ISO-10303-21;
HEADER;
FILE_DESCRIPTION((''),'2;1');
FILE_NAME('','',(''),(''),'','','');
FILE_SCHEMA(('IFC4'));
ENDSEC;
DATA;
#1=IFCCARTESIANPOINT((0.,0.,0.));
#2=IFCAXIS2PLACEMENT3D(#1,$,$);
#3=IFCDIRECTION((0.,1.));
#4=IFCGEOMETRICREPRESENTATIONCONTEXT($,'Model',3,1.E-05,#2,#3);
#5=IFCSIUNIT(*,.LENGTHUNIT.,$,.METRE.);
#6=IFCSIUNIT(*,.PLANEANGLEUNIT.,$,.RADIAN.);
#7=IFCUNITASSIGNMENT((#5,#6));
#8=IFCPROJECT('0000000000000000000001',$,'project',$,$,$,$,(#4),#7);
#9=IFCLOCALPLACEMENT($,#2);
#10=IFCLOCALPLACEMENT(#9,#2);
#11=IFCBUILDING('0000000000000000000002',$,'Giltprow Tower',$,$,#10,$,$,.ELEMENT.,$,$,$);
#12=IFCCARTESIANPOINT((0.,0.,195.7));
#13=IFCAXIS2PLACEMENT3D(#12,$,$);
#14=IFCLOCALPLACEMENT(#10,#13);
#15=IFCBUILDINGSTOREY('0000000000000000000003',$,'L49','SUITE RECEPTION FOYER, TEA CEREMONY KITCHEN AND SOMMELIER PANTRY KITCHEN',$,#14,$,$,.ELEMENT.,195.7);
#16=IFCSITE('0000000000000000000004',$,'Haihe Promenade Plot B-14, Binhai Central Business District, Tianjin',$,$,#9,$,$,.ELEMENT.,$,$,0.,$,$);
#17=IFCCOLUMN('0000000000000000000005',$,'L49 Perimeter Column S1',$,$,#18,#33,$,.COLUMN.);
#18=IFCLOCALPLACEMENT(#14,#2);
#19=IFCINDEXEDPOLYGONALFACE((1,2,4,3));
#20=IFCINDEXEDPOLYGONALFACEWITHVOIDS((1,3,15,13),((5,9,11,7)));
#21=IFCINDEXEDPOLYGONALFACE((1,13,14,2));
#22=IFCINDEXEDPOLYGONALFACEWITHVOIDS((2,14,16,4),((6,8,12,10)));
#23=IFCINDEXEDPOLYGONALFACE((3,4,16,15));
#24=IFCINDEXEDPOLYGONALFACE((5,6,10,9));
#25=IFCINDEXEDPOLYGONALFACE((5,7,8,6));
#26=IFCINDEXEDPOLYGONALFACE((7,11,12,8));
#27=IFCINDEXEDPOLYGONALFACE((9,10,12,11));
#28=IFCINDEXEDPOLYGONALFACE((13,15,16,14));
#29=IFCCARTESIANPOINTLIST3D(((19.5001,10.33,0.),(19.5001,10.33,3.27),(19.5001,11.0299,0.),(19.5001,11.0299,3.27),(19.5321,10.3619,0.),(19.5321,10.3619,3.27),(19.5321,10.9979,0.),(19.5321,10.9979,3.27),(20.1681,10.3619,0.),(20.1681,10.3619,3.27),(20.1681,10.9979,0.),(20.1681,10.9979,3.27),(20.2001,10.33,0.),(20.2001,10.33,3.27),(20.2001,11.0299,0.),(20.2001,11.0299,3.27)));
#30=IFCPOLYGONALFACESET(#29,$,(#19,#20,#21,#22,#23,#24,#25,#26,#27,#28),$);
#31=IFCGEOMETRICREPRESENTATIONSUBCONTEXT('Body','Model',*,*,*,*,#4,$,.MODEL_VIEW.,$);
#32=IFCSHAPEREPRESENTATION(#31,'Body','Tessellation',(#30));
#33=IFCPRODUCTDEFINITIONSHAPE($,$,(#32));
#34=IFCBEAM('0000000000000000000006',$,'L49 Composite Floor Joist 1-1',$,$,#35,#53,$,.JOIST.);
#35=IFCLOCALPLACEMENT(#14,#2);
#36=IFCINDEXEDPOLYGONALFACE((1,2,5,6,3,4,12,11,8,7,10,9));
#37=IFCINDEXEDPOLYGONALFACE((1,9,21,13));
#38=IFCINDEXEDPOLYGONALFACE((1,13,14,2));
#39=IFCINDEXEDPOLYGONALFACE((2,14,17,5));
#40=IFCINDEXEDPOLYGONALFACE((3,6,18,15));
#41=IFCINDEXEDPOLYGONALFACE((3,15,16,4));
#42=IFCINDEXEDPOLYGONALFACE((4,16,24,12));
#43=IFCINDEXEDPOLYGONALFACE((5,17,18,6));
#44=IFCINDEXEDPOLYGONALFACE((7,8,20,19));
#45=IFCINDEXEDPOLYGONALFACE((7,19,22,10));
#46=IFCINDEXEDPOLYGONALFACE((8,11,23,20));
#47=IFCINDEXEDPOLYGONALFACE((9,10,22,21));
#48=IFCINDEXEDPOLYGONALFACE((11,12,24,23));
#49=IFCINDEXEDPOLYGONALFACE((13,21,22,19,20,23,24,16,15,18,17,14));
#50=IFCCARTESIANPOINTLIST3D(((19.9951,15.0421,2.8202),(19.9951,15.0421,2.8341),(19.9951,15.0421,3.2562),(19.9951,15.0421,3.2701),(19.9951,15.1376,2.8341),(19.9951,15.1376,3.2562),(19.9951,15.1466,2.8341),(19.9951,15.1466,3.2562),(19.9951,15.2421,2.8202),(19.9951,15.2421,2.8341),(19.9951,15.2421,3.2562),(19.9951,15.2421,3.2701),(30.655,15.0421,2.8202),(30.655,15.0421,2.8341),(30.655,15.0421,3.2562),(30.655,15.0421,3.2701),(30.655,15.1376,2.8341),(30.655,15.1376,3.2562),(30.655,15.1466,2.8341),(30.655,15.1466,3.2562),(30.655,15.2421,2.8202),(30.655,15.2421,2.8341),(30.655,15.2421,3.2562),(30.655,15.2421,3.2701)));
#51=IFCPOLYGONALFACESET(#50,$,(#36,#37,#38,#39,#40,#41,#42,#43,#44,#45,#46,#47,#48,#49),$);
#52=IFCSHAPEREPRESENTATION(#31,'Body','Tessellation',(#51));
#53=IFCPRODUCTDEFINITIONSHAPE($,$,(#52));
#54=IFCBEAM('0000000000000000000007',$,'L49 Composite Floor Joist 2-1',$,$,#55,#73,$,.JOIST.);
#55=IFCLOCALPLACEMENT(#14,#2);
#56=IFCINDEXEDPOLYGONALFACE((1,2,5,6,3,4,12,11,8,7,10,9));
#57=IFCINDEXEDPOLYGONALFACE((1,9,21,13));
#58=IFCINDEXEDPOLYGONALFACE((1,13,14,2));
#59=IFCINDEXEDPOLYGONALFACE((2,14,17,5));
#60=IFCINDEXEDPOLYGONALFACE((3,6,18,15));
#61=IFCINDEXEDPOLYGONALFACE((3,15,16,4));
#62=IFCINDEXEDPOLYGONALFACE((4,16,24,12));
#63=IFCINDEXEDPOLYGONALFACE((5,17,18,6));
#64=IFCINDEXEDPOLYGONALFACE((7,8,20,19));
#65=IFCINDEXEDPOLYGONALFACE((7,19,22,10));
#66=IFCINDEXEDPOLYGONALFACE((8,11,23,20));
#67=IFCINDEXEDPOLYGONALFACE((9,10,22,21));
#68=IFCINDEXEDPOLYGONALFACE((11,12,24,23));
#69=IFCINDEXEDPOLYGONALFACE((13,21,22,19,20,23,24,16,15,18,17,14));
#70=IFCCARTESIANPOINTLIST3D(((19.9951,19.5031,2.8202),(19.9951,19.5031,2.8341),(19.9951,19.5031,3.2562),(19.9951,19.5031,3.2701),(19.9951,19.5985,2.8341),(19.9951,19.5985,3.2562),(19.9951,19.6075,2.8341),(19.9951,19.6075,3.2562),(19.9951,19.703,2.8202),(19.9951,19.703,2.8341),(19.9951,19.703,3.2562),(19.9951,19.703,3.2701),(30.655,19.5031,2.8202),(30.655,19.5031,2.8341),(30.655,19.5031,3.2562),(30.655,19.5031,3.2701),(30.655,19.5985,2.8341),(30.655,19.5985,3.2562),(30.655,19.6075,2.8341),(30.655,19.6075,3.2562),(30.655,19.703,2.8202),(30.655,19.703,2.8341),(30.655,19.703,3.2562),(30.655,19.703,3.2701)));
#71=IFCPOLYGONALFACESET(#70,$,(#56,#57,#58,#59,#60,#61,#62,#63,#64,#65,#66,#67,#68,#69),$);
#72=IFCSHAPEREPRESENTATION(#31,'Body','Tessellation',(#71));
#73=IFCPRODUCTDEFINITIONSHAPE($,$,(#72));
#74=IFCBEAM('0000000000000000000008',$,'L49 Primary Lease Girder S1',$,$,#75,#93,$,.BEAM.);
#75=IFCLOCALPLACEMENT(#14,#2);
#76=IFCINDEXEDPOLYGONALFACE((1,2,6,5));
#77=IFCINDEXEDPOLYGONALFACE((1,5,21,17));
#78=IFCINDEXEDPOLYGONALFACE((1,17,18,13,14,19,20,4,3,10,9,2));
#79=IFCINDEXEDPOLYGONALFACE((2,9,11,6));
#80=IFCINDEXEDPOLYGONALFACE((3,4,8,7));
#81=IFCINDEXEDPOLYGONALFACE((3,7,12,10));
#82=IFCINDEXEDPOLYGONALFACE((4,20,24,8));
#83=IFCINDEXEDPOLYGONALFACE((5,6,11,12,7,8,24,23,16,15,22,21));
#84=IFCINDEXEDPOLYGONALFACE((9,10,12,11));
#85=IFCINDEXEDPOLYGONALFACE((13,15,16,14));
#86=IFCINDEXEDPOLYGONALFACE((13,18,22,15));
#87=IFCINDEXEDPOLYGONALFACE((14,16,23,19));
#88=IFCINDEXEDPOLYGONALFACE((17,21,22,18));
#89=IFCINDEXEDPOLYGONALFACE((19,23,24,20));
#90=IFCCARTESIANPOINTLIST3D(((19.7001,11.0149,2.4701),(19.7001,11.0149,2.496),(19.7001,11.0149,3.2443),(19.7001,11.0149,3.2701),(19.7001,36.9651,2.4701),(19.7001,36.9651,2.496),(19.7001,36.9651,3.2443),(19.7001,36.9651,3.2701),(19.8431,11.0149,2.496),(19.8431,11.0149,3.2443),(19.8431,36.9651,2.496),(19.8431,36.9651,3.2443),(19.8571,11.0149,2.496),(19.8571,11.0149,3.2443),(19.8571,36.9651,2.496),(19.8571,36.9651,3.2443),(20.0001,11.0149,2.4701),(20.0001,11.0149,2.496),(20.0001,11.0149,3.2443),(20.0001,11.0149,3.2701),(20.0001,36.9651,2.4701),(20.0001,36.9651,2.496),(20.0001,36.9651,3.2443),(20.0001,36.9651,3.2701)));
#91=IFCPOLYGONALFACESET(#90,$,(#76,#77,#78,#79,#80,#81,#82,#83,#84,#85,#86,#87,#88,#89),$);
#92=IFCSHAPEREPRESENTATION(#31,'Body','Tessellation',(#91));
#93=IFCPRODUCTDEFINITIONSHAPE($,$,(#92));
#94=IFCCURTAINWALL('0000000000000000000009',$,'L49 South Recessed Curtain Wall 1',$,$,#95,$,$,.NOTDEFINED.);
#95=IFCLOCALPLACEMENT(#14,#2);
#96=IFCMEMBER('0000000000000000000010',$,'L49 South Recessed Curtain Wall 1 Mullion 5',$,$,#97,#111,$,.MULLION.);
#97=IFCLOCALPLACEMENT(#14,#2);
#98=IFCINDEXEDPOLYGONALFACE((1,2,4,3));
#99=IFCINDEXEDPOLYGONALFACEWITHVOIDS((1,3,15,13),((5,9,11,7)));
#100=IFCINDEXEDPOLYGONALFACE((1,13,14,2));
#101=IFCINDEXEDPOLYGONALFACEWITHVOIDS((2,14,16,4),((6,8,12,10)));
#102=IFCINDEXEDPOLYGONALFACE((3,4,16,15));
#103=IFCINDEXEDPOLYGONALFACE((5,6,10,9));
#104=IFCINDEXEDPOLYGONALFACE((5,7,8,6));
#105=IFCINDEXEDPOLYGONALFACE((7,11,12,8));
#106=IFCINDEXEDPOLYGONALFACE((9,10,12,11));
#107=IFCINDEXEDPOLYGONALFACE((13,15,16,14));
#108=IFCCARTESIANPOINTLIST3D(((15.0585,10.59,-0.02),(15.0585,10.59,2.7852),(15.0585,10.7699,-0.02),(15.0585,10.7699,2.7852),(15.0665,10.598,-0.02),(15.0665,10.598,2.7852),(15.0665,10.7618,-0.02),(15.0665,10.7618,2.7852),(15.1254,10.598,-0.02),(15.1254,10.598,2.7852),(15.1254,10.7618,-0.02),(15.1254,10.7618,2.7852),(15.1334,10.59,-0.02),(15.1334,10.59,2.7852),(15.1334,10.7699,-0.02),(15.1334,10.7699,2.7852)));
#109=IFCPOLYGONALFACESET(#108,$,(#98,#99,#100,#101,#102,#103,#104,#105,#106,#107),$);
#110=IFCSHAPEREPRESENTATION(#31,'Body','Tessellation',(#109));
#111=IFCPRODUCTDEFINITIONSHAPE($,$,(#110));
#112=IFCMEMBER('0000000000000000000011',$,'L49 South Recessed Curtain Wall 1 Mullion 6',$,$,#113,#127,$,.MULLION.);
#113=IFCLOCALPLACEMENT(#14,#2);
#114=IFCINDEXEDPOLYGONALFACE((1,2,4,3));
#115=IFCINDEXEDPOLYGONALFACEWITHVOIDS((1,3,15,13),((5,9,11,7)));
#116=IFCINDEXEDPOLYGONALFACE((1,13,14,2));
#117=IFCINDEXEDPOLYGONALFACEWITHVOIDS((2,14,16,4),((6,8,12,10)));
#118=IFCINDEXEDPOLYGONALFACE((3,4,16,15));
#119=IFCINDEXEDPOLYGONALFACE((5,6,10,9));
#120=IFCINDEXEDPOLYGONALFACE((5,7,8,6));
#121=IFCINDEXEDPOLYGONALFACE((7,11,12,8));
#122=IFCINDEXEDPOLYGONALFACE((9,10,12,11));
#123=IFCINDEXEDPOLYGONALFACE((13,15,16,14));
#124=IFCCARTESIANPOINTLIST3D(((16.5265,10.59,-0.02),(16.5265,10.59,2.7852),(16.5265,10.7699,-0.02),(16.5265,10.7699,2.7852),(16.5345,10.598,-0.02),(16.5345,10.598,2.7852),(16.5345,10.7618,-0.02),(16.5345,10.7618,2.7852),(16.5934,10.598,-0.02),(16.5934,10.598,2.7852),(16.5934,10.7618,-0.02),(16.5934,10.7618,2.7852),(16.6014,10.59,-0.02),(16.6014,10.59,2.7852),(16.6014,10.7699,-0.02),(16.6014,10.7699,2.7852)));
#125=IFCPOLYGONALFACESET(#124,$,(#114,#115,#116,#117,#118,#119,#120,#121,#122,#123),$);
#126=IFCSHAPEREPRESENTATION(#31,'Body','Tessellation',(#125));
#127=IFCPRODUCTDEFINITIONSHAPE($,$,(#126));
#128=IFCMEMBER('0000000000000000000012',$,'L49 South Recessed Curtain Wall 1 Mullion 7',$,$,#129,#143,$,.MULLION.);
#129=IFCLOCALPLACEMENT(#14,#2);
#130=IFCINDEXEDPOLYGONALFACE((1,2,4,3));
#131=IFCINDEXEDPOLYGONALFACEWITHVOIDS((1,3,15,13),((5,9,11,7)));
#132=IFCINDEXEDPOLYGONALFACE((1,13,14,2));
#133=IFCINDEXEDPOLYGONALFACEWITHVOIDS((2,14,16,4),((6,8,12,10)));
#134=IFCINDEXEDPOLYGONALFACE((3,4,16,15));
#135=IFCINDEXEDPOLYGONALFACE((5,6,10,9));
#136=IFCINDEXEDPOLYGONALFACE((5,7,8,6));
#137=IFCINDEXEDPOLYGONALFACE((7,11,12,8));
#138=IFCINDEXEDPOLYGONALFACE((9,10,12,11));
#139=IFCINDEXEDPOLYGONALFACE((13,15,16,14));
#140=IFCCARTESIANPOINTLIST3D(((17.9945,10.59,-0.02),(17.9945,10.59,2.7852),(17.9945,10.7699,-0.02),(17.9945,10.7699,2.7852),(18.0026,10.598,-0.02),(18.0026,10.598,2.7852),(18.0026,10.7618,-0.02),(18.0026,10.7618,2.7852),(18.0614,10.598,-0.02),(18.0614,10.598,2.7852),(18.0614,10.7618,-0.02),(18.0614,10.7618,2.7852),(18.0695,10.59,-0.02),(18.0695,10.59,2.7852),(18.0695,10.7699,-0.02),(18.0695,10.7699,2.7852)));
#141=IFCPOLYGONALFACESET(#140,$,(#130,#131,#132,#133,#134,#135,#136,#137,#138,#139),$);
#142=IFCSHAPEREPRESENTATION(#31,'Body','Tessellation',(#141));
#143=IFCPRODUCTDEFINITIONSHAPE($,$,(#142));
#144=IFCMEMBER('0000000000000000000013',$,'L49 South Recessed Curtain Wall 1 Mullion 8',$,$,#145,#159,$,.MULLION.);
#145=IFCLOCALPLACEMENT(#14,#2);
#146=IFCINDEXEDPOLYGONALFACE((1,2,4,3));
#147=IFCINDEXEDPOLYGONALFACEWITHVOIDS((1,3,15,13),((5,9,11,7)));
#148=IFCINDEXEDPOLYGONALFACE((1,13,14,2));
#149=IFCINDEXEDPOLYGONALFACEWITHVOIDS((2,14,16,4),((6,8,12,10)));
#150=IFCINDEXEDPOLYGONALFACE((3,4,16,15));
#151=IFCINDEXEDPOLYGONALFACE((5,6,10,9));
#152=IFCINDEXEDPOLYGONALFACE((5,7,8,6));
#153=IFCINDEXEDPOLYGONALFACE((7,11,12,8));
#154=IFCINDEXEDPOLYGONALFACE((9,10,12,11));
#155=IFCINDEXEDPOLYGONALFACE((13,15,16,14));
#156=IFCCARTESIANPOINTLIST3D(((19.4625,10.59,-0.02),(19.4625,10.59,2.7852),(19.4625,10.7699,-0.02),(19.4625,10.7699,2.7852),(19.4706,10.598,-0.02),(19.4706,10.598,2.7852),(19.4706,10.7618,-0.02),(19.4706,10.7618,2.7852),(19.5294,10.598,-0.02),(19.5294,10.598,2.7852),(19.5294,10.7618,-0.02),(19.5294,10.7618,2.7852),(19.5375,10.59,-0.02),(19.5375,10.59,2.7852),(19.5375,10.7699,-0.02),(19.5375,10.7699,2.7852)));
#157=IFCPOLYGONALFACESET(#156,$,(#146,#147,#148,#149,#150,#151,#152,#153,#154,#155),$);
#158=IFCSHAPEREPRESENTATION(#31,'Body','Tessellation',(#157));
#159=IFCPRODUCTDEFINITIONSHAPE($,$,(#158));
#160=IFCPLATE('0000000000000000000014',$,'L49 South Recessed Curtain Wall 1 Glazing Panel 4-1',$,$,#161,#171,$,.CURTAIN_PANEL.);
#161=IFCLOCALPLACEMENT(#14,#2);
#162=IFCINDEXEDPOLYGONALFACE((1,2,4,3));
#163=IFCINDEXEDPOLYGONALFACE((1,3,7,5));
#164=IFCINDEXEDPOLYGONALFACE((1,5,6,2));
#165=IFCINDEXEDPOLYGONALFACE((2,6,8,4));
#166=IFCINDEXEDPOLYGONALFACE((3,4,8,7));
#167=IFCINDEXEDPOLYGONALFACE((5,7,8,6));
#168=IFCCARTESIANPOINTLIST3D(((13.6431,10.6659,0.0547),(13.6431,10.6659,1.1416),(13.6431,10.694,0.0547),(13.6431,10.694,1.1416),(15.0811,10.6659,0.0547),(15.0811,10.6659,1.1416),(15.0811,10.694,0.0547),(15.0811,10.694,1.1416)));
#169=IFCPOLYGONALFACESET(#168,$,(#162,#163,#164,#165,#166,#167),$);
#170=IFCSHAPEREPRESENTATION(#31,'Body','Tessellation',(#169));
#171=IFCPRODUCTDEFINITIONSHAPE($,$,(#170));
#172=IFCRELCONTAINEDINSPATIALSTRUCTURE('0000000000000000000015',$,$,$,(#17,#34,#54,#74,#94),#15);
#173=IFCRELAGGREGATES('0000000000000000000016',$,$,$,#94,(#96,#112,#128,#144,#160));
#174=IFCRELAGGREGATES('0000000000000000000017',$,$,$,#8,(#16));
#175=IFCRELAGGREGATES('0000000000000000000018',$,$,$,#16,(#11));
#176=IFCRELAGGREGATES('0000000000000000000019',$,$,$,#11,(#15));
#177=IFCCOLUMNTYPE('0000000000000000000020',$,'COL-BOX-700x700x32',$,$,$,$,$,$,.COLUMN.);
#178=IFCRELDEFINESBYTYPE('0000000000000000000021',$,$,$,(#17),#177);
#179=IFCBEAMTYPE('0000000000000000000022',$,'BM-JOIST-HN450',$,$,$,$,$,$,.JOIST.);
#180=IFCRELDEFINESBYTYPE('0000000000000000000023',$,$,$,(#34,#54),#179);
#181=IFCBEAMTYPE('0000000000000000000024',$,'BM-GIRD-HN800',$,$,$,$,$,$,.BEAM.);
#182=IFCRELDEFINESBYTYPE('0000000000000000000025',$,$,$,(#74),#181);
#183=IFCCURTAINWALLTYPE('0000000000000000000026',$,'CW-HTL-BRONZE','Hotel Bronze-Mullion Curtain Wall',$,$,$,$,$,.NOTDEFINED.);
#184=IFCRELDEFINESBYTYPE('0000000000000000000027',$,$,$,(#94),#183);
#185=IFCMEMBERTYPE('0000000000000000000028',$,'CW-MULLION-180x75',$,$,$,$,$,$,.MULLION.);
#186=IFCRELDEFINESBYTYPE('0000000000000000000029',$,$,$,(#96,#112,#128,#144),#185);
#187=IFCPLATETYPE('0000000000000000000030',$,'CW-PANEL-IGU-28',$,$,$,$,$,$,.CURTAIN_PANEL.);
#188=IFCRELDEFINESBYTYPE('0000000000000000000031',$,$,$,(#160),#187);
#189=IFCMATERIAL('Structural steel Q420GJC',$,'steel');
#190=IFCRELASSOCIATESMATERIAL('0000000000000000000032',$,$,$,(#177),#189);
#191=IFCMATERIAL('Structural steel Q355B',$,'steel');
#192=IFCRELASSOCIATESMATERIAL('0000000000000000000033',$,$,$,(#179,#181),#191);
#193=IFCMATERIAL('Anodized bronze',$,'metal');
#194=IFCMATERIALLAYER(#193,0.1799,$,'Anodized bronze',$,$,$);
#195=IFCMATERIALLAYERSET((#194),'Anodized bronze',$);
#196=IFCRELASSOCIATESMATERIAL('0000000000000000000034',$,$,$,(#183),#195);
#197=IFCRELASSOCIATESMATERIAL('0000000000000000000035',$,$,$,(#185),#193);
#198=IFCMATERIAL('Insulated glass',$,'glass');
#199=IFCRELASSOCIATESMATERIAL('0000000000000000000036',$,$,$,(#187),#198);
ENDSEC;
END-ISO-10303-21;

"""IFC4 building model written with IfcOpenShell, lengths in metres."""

from ifc_helpers import new_model, si_unit, direction, frame, origin, origin_2d, place, context, subcontext, project, spatial, rectangle, hollow_rectangle, i_section, extrude, source, transform, mapped, material, layer, layer_set, material_profile, profile_set, type_object, element, aggregate, save


model = new_model("IFC4")

# Units and contexts
model_context = context("Model", 3, precision=1e-05, world=origin(), true_north=direction((0.0, 1.0)))
body_context = subcontext(model_context, "Body", "Model", "MODEL_VIEW")
ifc_project = project(units=[si_unit("LENGTHUNIT", "METRE"), si_unit("PLANEANGLEUNIT", "RADIAN")], contexts=[model_context])

# Site, building, storey
site_placement = place(None, origin())
site = spatial("IfcSite", under=ifc_project, at=site_placement, Name="Haihe Promenade Plot B-14, Binhai Central Business District, Tianjin", CompositionType="ELEMENT", RefElevation=0.0)
building_placement = place(site_placement, origin())
building = spatial("IfcBuilding", under=site, at=building_placement, Name="Giltprow Tower", CompositionType="ELEMENT")
storey_placement = place(building_placement, frame((0.0, 0.0, 195.7)))
storey = spatial("IfcBuildingStorey", under=building, at=storey_placement, Name="L49", Description="SUITE RECEPTION FOYER, TEA CEREMONY KITCHEN AND SOMMELIER PANTRY KITCHEN", CompositionType="ELEMENT", Elevation=195.7)

# Column
ifc_material_1 = material(Name="Structural steel Q420GJC", Category="steel")
ifc_material_profile_1 = material_profile(ifc_material_1, hollow_rectangle(XDim=0.7, YDim=0.7, WallThickness=0.032, at=origin_2d()), Name="BOX 700x700x32")
ifc_profile_set_1 = profile_set([ifc_material_profile_1], Name="Structural steel Q420GJC")
column_type = type_object("IfcColumnType", Name="COL-BOX-700x700x32", PredefinedType="COLUMN", material=ifc_profile_set_1)
shared_shape_1 = source(origin(), body_context, "Body", "SweptSolid", [
    extrude(hollow_rectangle(XDim=0.7, YDim=0.7, WallThickness=0.032, at=origin_2d()), origin(), (0.0, 0.0, 1.0), 3.27),
])
column_placement = place(storey_placement, frame((19.8501, 10.6799, 0.0), z_axis=(0.0, 0.0, 1.0), x_axis=(1.0, 0.0, 0.0)))
element("IfcColumn", 1, at=column_placement, inside=storey, type_object=column_type, Name="L49 Perimeter Column S1", PredefinedType="COLUMN", context=body_context, shape_type="MappedRepresentation", body=[
    mapped(shared_shape_1, transform((0.0, 0.0, 0.0), x_axis=(1.0, 0.0, 0.0), y_axis=(0.0, 1.0, 0.0), z_axis=(0.0, 0.0, 1.0), scale=1.0)),
])

# Beams
ifc_material_2 = material(Name="Structural steel Q355B", Category="steel")
ifc_material_profile_2 = material_profile(ifc_material_2, i_section(OverallWidth=0.2, OverallDepth=0.45, WebThickness=0.009, FlangeThickness=0.0139, at=origin_2d()), Name="HN 450x200x9x14")
ifc_profile_set_2 = profile_set([ifc_material_profile_2], Name="Structural steel Q355B")
beam_type_1 = type_object("IfcBeamType", Name="BM-JOIST-HN450", PredefinedType="JOIST", material=ifc_profile_set_2)
shared_shape_2 = source(origin(), body_context, "Body", "SweptSolid", [
    extrude(i_section(OverallWidth=0.2, OverallDepth=0.45, WebThickness=0.009, FlangeThickness=0.0139, at=origin_2d()), origin(), (0.0, 0.0, 1.0), 10.6599),
])
for number, where, z_axis, x_axis, name in (
    (2, (19.9951, 15.1421, 3.0452), (1.0, 0.0, 0.0), (0.0, 1.0, 0.0), "L49 Composite Floor Joist 1-1"),
    (3, (19.9951, 19.603, 3.0452), (1.0, 0.0, 0.0), (0.0, 1.0, 0.0), "L49 Composite Floor Joist 2-1"),
):
    element("IfcBeam", number, at=place(storey_placement, frame(where, z_axis=z_axis, x_axis=x_axis)), inside=storey, type_object=beam_type_1, Name=name, PredefinedType="JOIST", context=body_context, shape_type="MappedRepresentation", body=[
        mapped(shared_shape_2, transform((0.0, 0.0, 0.0), x_axis=(1.0, 0.0, 0.0), y_axis=(0.0, 1.0, 0.0), z_axis=(0.0, 0.0, 1.0), scale=1.0)),
    ])
ifc_material_profile_3 = material_profile(ifc_material_2, i_section(OverallWidth=0.3, OverallDepth=0.8, WebThickness=0.0139, FlangeThickness=0.0259, at=origin_2d()), Name="HN 800x300x14x26")
ifc_profile_set_3 = profile_set([ifc_material_profile_3], Name="Structural steel Q355B")
beam_type_2 = type_object("IfcBeamType", Name="BM-GIRD-HN800", PredefinedType="BEAM", material=ifc_profile_set_3)
shared_shape_3 = source(origin(), body_context, "Body", "SweptSolid", [
    extrude(i_section(OverallWidth=0.3, OverallDepth=0.8, WebThickness=0.0139, FlangeThickness=0.0259, at=origin_2d()), origin(), (0.0, 0.0, 1.0), 25.9502),
])
beam_placement = place(storey_placement, frame((19.8501, 11.0149, 2.8701), z_axis=(0.0, 1.0, 0.0), x_axis=(-1.0, 0.0, 0.0)))
element("IfcBeam", 4, at=beam_placement, inside=storey, type_object=beam_type_2, Name="L49 Primary Lease Girder S1", PredefinedType="BEAM", context=body_context, shape_type="MappedRepresentation", body=[
    mapped(shared_shape_3, transform((0.0, 0.0, 0.0), x_axis=(1.0, 0.0, 0.0), y_axis=(0.0, 1.0, 0.0), z_axis=(0.0, 0.0, 1.0), scale=1.0)),
])

# Curtain wall, members, plate
ifc_material_3 = material(Name="Anodized bronze", Category="metal")
ifc_layer = layer(ifc_material_3, 0.1799, Name="Anodized bronze")
ifc_layer_set = layer_set([ifc_layer], Name="Anodized bronze")
curtain_wall_type = type_object("IfcCurtainWallType", Name="CW-HTL-BRONZE", Description="Hotel Bronze-Mullion Curtain Wall", PredefinedType="NOTDEFINED", material=ifc_layer_set)
curtain_wall_placement = place(storey_placement, origin())
curtain_wall = element("IfcCurtainWall", 5, at=curtain_wall_placement, inside=storey, type_object=curtain_wall_type, Name="L49 South Recessed Curtain Wall 1", PredefinedType="NOTDEFINED")
ifc_material_profile_4 = material_profile(ifc_material_3, hollow_rectangle(XDim=0.075, YDim=0.1799, WallThickness=0.0081, at=origin_2d()), Name="RHS 180x75x8")
ifc_profile_set_4 = profile_set([ifc_material_profile_4], Name="Anodized bronze")
member_type = type_object("IfcMemberType", Name="CW-MULLION-180x75", PredefinedType="MULLION", material=ifc_profile_set_4)
shared_shape_4 = source(origin(), body_context, "Body", "SweptSolid", [
    extrude(hollow_rectangle(XDim=0.075, YDim=0.1799, WallThickness=0.0081, at=origin_2d()), origin(), (0.0, 0.0, 1.0), 2.8052),
])
member_1_placement = place(storey_placement, frame((15.0959, 10.6799, -0.02), z_axis=(0.0, 0.0, 1.0), x_axis=(1.0, 0.0, 0.0)))
member_1 = element("IfcMember", 6, at=member_1_placement, type_object=member_type, Name="L49 South Recessed Curtain Wall 1 Mullion 5", PredefinedType="MULLION", context=body_context, shape_type="MappedRepresentation", body=[
    mapped(shared_shape_4, transform((0.0, 0.0, 0.0), x_axis=(1.0, 0.0, 0.0), y_axis=(0.0, 1.0, 0.0), z_axis=(0.0, 0.0, 1.0), scale=1.0)),
])
member_2_placement = place(storey_placement, frame((16.564, 10.6799, -0.02), z_axis=(0.0, 0.0, 1.0), x_axis=(1.0, 0.0, 0.0)))
member_2 = element("IfcMember", 7, at=member_2_placement, type_object=member_type, Name="L49 South Recessed Curtain Wall 1 Mullion 6", PredefinedType="MULLION", context=body_context, shape_type="MappedRepresentation", body=[
    mapped(shared_shape_4, transform((0.0, 0.0, 0.0), x_axis=(1.0, 0.0, 0.0), y_axis=(0.0, 1.0, 0.0), z_axis=(0.0, 0.0, 1.0), scale=1.0)),
])
member_3_placement = place(storey_placement, frame((18.032, 10.6799, -0.02), z_axis=(0.0, 0.0, 1.0), x_axis=(1.0, 0.0, 0.0)))
member_3 = element("IfcMember", 8, at=member_3_placement, type_object=member_type, Name="L49 South Recessed Curtain Wall 1 Mullion 7", PredefinedType="MULLION", context=body_context, shape_type="MappedRepresentation", body=[
    mapped(shared_shape_4, transform((0.0, 0.0, 0.0), x_axis=(1.0, 0.0, 0.0), y_axis=(0.0, 1.0, 0.0), z_axis=(0.0, 0.0, 1.0), scale=1.0)),
])
member_4_placement = place(storey_placement, frame((19.5, 10.6799, -0.02), z_axis=(0.0, 0.0, 1.0), x_axis=(1.0, 0.0, 0.0)))
member_4 = element("IfcMember", 9, at=member_4_placement, type_object=member_type, Name="L49 South Recessed Curtain Wall 1 Mullion 8", PredefinedType="MULLION", context=body_context, shape_type="MappedRepresentation", body=[
    mapped(shared_shape_4, transform((0.0, 0.0, 0.0), x_axis=(1.0, 0.0, 0.0), y_axis=(0.0, 1.0, 0.0), z_axis=(0.0, 0.0, 1.0), scale=1.0)),
])
ifc_material_4 = material(Name="Insulated glass", Category="glass")
plate_type = type_object("IfcPlateType", Name="CW-PANEL-IGU-28", PredefinedType="CURTAIN_PANEL", material=ifc_material_4)
shared_shape_5 = source(origin(), body_context, "Body", "SweptSolid", [
    extrude(rectangle(XDim=1.438, YDim=0.0281, at=origin_2d()), origin(), (0.0, 0.0, 1.0), 1.0869),
])
plate_1_placement = place(storey_placement, frame((14.3621, 10.6799, 0.0547), z_axis=(0.0, 0.0, 1.0), x_axis=(1.0, 0.0, 0.0)))
plate_1 = element("IfcPlate", 10, at=plate_1_placement, type_object=plate_type, Name="L49 South Recessed Curtain Wall 1 Glazing Panel 4-1", PredefinedType="CURTAIN_PANEL", context=body_context, shape_type="MappedRepresentation", body=[
    mapped(shared_shape_5, transform((0.0, 0.0, 0.0), x_axis=(1.0, 0.0, 0.0), y_axis=(0.0, 1.0, 0.0), z_axis=(0.0, 0.0, 1.0), scale=1.0)),
])
aggregate(curtain_wall, [member_1, member_2, member_3, member_4, plate_1])

save(model, "model.ifc")
